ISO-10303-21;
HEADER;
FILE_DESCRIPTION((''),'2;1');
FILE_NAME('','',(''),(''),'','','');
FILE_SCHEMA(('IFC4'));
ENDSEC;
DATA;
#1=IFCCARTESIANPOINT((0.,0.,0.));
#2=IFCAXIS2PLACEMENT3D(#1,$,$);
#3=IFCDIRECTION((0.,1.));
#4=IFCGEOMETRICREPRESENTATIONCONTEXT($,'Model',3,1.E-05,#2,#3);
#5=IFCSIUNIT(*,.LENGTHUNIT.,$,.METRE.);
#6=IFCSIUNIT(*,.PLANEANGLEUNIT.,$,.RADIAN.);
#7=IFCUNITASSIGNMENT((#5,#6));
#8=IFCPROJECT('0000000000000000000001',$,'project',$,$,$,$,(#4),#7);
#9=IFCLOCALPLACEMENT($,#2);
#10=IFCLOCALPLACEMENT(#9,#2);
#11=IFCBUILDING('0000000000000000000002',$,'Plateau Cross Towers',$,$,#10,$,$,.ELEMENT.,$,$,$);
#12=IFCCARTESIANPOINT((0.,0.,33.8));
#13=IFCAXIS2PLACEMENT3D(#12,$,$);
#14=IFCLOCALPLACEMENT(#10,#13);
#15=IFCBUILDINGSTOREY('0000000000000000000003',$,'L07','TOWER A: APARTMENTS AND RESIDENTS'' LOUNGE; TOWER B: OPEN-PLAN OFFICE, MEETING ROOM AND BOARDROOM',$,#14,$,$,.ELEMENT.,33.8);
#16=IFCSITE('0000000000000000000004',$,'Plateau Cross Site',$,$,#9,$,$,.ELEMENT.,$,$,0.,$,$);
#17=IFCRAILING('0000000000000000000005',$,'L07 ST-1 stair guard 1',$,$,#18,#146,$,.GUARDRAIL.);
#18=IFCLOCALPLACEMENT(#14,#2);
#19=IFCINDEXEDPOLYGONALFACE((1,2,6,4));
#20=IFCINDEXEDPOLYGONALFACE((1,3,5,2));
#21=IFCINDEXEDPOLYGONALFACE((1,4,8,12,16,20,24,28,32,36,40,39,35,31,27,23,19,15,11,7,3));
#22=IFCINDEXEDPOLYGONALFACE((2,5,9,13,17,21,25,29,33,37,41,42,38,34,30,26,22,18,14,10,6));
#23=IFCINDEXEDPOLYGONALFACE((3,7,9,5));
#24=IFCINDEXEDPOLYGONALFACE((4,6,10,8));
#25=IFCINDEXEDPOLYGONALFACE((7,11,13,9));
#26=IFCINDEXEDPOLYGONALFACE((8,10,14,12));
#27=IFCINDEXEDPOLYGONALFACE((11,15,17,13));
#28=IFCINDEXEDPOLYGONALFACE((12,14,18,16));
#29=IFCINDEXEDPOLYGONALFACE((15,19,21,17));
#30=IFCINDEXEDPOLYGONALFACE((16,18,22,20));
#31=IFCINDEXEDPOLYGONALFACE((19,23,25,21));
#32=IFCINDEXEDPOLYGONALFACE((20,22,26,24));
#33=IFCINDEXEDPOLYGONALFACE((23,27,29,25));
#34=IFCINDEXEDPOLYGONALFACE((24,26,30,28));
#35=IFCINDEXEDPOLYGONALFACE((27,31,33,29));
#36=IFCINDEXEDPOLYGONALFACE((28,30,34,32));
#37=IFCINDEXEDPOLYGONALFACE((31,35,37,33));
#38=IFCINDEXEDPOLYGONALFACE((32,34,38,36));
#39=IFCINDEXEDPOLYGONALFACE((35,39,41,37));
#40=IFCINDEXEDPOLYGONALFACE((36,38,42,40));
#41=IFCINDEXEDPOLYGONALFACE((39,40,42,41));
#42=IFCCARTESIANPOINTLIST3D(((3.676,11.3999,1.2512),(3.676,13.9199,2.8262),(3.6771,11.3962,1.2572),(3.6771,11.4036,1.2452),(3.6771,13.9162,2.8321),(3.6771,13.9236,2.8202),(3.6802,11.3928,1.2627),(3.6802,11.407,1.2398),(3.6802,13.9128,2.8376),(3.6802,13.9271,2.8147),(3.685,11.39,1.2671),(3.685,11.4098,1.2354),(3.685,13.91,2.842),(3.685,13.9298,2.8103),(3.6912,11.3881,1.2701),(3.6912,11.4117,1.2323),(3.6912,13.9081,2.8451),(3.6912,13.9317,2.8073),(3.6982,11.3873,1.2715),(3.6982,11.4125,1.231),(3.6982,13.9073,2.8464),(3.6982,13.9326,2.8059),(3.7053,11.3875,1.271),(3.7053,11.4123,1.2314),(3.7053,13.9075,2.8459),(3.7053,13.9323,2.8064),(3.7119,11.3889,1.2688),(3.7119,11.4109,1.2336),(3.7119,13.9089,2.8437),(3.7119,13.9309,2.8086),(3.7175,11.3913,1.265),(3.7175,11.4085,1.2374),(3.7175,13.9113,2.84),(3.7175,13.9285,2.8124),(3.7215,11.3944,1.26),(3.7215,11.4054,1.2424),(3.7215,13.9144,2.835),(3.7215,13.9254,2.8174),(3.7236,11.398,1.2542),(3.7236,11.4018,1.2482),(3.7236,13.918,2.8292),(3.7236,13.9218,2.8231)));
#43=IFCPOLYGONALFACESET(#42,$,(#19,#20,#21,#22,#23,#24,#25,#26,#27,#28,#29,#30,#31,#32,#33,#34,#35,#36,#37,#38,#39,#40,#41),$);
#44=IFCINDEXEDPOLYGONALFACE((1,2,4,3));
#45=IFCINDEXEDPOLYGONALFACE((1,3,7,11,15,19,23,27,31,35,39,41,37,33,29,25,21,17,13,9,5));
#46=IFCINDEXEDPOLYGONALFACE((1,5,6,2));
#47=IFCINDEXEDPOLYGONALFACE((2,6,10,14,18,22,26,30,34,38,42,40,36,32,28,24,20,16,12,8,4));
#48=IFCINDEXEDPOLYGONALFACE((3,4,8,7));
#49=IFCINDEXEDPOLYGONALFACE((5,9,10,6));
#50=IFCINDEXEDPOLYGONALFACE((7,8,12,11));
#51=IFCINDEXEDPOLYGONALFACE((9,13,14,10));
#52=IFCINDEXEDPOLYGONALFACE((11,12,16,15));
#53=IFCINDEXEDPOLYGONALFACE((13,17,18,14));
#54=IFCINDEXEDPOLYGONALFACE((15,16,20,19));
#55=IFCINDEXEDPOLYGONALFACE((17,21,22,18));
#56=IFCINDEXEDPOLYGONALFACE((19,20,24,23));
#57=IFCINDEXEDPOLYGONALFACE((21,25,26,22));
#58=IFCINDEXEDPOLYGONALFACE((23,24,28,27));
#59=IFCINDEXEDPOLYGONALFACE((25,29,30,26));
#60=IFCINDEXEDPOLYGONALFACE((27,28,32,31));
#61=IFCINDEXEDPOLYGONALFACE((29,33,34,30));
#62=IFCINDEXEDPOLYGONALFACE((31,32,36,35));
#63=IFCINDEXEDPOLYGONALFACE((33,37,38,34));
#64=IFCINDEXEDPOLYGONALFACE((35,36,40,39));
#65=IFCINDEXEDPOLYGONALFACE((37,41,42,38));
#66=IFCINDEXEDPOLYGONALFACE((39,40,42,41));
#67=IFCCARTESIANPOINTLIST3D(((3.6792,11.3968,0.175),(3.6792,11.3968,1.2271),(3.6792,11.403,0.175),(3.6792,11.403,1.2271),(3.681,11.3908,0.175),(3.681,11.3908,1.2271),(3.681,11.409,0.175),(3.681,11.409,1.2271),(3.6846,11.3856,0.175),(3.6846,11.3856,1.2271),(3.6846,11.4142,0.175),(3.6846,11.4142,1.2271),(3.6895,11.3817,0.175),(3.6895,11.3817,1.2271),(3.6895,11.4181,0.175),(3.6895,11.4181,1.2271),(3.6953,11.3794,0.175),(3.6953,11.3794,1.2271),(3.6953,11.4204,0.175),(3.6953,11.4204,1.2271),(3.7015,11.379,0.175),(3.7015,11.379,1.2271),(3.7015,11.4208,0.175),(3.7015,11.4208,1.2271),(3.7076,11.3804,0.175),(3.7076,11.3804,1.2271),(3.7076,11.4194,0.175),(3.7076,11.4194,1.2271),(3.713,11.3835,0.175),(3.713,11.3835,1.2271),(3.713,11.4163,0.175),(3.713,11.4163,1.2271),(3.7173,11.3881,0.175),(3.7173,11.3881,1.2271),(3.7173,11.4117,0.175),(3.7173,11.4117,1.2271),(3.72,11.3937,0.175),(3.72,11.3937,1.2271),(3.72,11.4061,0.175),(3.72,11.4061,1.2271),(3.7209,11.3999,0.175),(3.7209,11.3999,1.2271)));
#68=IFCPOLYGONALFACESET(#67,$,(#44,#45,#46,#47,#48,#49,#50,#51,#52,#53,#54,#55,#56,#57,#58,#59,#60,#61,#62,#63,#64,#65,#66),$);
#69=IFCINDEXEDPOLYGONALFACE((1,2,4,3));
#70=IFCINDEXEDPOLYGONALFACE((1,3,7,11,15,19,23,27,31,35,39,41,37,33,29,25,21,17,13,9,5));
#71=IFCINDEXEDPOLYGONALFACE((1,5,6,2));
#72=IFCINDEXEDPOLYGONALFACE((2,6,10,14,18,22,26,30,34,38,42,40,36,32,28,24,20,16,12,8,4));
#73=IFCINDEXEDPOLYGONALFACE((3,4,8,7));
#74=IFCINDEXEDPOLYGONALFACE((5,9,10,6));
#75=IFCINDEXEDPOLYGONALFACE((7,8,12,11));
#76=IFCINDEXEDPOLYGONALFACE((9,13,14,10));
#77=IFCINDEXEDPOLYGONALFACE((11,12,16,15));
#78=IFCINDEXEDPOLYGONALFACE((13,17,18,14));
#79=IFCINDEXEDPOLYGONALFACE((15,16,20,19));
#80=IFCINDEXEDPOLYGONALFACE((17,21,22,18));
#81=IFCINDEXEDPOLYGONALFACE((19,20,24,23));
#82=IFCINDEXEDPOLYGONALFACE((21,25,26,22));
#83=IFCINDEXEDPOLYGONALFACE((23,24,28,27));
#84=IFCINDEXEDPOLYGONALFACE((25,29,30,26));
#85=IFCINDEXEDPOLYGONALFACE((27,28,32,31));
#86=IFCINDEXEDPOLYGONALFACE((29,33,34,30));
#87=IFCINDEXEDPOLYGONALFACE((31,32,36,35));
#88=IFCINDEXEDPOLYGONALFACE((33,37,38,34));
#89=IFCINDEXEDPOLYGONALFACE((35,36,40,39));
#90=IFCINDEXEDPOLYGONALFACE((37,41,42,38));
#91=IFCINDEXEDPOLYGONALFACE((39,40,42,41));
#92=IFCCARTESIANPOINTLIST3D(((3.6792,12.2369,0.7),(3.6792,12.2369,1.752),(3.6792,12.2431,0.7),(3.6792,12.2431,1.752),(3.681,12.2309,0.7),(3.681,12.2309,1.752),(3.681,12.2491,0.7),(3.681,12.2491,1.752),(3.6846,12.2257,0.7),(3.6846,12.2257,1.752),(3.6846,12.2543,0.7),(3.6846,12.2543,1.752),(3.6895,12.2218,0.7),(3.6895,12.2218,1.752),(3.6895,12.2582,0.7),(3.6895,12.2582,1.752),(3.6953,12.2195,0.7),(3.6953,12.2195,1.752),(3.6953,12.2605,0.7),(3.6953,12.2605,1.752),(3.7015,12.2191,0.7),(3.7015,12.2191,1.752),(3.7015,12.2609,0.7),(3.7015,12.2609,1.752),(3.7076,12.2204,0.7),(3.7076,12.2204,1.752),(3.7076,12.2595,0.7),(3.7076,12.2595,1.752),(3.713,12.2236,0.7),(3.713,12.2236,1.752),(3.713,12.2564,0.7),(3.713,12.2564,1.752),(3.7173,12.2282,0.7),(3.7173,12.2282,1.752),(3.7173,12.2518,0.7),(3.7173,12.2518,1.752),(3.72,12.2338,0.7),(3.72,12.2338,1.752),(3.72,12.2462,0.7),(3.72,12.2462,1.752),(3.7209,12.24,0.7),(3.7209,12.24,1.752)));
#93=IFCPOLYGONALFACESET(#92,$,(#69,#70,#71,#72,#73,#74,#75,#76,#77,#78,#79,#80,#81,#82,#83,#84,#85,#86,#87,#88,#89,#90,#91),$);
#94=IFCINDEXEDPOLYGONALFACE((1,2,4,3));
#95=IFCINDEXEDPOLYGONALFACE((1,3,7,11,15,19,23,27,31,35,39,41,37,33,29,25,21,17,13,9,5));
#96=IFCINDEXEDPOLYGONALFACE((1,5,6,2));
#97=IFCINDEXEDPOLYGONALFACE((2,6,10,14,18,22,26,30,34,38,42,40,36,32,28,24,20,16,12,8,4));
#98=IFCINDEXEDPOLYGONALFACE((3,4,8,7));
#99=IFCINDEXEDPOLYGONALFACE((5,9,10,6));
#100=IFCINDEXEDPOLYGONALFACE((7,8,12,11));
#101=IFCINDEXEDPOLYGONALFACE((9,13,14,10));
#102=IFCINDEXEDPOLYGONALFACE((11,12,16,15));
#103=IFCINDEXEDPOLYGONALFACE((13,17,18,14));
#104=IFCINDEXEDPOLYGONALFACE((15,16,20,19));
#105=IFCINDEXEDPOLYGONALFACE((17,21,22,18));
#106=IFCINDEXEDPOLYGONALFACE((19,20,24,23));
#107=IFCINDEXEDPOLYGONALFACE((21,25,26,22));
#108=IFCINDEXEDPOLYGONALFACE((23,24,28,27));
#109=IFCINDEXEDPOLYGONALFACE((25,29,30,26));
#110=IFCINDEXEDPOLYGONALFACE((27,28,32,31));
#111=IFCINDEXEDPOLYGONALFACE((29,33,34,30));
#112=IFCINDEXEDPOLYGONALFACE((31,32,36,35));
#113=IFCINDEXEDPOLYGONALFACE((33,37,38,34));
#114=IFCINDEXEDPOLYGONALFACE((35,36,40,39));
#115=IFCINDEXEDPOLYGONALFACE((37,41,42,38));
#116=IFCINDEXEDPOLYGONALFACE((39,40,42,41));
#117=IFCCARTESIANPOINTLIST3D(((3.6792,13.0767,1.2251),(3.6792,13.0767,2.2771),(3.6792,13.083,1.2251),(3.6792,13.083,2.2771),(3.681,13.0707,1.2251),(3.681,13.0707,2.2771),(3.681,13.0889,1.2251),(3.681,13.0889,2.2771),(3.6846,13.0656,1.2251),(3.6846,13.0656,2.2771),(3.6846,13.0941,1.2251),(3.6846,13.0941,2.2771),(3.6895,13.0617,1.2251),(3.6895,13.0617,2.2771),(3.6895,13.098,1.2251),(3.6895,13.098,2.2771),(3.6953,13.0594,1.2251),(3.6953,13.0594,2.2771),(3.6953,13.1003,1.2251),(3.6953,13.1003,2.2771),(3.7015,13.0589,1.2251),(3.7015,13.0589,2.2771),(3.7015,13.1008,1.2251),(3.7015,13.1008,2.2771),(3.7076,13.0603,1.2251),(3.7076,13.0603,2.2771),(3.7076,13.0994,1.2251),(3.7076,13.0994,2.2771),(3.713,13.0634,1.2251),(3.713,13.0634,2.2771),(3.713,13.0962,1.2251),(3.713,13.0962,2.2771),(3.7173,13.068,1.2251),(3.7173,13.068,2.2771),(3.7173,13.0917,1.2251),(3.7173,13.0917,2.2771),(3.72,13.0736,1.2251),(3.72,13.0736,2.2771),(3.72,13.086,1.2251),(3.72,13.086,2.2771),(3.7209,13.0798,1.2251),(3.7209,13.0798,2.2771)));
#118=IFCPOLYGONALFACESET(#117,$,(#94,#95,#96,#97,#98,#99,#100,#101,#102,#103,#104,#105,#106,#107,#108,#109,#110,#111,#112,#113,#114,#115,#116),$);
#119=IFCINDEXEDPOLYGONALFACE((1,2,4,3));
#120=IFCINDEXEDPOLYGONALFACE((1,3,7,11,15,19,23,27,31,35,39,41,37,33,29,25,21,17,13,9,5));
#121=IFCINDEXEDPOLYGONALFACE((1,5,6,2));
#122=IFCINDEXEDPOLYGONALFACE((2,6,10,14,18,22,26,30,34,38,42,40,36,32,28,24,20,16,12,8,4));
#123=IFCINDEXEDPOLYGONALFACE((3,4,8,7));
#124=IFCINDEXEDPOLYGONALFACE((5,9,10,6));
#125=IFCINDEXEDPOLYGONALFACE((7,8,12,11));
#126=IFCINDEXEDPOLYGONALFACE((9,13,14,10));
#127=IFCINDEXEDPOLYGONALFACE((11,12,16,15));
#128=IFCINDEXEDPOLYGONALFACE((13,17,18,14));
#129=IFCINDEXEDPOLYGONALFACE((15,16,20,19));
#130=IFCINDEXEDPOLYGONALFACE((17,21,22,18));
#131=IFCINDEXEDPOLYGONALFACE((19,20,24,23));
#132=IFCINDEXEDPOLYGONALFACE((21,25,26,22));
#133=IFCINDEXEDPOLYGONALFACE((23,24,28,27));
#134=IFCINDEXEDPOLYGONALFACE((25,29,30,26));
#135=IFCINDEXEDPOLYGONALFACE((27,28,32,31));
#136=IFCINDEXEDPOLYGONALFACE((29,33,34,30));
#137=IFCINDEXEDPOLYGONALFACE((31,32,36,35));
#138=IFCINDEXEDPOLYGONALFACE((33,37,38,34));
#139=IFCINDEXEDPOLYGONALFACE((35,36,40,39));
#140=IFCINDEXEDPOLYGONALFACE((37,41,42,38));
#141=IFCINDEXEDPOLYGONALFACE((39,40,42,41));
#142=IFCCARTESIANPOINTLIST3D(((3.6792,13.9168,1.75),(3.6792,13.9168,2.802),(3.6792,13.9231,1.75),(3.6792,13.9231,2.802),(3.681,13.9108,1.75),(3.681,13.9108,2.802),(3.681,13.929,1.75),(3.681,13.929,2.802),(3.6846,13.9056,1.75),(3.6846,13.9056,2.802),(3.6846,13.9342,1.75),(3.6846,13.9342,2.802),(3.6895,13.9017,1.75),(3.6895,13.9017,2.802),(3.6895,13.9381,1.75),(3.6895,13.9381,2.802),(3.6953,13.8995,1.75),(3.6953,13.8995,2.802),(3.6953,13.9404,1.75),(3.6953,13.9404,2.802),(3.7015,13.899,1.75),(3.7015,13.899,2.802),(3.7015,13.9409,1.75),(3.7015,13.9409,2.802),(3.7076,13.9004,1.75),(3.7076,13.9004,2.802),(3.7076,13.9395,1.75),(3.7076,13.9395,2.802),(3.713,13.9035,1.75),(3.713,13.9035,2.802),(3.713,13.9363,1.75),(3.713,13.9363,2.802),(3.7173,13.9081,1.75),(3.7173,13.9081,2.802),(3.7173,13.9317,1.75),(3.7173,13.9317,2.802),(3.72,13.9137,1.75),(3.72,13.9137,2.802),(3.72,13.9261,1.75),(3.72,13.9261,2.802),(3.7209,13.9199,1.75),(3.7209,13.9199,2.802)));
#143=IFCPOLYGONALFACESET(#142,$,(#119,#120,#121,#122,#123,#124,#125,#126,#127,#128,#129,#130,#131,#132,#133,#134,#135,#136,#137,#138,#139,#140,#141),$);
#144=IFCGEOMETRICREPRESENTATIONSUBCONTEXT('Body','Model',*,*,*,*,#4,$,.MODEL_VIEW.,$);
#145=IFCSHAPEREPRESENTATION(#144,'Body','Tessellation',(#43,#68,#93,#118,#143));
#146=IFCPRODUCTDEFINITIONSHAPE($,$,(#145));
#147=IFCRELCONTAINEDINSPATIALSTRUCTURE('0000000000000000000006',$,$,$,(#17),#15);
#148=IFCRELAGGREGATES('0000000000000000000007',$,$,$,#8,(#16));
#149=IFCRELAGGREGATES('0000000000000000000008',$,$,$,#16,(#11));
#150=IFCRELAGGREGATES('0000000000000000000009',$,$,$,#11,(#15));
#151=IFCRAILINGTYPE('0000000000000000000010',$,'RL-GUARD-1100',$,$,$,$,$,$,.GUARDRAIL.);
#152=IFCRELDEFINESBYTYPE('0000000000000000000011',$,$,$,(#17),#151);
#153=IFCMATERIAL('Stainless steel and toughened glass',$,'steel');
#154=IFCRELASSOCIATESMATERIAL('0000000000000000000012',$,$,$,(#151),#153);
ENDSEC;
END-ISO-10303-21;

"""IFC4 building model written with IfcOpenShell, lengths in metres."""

from ifc_helpers import new_model, si_unit, direction, frame, origin, origin_2d, place, context, subcontext, project, spatial, circle, extrude, material, type_object, element, save


model = new_model("IFC4")

# Units and contexts
model_context = context("Model", 3, precision=1e-05, world=origin(), true_north=direction((0.0, 1.0)))
body_context = subcontext(model_context, "Body", "Model", "MODEL_VIEW")
ifc_project = project(units=[si_unit("LENGTHUNIT", "METRE"), si_unit("PLANEANGLEUNIT", "RADIAN")], contexts=[model_context])

# Site, building, storey
site_placement = place(None, origin())
site = spatial("IfcSite", under=ifc_project, at=site_placement, Name="Plateau Cross Site", CompositionType="ELEMENT", RefElevation=0.0)
building_placement = place(site_placement, origin())
building = spatial("IfcBuilding", under=site, at=building_placement, Name="Plateau Cross Towers", CompositionType="ELEMENT")
storey_placement = place(building_placement, frame((0.0, 0.0, 33.8)))
storey = spatial("IfcBuildingStorey", under=building, at=storey_placement, Name="L07", Description="TOWER A: APARTMENTS AND RESIDENTS' LOUNGE; TOWER B: OPEN-PLAN OFFICE, MEETING ROOM AND BOARDROOM", CompositionType="ELEMENT", Elevation=33.8)

# Railing
ifc_material_1 = material(Name="Stainless steel and toughened glass", Category="steel")
railing_type_1 = type_object("IfcRailingType", Name="RL-GUARD-1100", PredefinedType="GUARDRAIL", material=ifc_material_1)
railing_1_placement = place(storey_placement, frame((3.7, 11.3999, 0.175)))
element("IfcRailing", 1, at=railing_1_placement, inside=storey, type_object=railing_type_1, Name="L07 ST-1 stair guard 1", PredefinedType="GUARDRAIL", context=body_context, shape_type="SweptSolid", body=[
    extrude(circle(Radius=0.0239, at=origin_2d()), frame((0.0, 0.0, 1.0762), z_axis=(0.0, 0.848008, 0.529984), x_axis=(-1.0, 0.0, 0.0)), (0.0, 0.0, 1.0), 2.9717),
    extrude(circle(Radius=0.021, at=origin_2d()), origin(), (0.0, 0.0, 1.0), 1.052),
    extrude(circle(Radius=0.021, at=origin_2d()), frame((0.0, 0.8401, 0.5249)), (0.0, 0.0, 1.0), 1.052),
    extrude(circle(Radius=0.021, at=origin_2d()), frame((0.0, 1.6799, 1.05)), (0.0, 0.0, 1.0), 1.052),
    extrude(circle(Radius=0.021, at=origin_2d()), frame((0.0, 2.52, 1.575)), (0.0, 0.0, 1.0), 1.052),
])

save(model, "model.ifc")
